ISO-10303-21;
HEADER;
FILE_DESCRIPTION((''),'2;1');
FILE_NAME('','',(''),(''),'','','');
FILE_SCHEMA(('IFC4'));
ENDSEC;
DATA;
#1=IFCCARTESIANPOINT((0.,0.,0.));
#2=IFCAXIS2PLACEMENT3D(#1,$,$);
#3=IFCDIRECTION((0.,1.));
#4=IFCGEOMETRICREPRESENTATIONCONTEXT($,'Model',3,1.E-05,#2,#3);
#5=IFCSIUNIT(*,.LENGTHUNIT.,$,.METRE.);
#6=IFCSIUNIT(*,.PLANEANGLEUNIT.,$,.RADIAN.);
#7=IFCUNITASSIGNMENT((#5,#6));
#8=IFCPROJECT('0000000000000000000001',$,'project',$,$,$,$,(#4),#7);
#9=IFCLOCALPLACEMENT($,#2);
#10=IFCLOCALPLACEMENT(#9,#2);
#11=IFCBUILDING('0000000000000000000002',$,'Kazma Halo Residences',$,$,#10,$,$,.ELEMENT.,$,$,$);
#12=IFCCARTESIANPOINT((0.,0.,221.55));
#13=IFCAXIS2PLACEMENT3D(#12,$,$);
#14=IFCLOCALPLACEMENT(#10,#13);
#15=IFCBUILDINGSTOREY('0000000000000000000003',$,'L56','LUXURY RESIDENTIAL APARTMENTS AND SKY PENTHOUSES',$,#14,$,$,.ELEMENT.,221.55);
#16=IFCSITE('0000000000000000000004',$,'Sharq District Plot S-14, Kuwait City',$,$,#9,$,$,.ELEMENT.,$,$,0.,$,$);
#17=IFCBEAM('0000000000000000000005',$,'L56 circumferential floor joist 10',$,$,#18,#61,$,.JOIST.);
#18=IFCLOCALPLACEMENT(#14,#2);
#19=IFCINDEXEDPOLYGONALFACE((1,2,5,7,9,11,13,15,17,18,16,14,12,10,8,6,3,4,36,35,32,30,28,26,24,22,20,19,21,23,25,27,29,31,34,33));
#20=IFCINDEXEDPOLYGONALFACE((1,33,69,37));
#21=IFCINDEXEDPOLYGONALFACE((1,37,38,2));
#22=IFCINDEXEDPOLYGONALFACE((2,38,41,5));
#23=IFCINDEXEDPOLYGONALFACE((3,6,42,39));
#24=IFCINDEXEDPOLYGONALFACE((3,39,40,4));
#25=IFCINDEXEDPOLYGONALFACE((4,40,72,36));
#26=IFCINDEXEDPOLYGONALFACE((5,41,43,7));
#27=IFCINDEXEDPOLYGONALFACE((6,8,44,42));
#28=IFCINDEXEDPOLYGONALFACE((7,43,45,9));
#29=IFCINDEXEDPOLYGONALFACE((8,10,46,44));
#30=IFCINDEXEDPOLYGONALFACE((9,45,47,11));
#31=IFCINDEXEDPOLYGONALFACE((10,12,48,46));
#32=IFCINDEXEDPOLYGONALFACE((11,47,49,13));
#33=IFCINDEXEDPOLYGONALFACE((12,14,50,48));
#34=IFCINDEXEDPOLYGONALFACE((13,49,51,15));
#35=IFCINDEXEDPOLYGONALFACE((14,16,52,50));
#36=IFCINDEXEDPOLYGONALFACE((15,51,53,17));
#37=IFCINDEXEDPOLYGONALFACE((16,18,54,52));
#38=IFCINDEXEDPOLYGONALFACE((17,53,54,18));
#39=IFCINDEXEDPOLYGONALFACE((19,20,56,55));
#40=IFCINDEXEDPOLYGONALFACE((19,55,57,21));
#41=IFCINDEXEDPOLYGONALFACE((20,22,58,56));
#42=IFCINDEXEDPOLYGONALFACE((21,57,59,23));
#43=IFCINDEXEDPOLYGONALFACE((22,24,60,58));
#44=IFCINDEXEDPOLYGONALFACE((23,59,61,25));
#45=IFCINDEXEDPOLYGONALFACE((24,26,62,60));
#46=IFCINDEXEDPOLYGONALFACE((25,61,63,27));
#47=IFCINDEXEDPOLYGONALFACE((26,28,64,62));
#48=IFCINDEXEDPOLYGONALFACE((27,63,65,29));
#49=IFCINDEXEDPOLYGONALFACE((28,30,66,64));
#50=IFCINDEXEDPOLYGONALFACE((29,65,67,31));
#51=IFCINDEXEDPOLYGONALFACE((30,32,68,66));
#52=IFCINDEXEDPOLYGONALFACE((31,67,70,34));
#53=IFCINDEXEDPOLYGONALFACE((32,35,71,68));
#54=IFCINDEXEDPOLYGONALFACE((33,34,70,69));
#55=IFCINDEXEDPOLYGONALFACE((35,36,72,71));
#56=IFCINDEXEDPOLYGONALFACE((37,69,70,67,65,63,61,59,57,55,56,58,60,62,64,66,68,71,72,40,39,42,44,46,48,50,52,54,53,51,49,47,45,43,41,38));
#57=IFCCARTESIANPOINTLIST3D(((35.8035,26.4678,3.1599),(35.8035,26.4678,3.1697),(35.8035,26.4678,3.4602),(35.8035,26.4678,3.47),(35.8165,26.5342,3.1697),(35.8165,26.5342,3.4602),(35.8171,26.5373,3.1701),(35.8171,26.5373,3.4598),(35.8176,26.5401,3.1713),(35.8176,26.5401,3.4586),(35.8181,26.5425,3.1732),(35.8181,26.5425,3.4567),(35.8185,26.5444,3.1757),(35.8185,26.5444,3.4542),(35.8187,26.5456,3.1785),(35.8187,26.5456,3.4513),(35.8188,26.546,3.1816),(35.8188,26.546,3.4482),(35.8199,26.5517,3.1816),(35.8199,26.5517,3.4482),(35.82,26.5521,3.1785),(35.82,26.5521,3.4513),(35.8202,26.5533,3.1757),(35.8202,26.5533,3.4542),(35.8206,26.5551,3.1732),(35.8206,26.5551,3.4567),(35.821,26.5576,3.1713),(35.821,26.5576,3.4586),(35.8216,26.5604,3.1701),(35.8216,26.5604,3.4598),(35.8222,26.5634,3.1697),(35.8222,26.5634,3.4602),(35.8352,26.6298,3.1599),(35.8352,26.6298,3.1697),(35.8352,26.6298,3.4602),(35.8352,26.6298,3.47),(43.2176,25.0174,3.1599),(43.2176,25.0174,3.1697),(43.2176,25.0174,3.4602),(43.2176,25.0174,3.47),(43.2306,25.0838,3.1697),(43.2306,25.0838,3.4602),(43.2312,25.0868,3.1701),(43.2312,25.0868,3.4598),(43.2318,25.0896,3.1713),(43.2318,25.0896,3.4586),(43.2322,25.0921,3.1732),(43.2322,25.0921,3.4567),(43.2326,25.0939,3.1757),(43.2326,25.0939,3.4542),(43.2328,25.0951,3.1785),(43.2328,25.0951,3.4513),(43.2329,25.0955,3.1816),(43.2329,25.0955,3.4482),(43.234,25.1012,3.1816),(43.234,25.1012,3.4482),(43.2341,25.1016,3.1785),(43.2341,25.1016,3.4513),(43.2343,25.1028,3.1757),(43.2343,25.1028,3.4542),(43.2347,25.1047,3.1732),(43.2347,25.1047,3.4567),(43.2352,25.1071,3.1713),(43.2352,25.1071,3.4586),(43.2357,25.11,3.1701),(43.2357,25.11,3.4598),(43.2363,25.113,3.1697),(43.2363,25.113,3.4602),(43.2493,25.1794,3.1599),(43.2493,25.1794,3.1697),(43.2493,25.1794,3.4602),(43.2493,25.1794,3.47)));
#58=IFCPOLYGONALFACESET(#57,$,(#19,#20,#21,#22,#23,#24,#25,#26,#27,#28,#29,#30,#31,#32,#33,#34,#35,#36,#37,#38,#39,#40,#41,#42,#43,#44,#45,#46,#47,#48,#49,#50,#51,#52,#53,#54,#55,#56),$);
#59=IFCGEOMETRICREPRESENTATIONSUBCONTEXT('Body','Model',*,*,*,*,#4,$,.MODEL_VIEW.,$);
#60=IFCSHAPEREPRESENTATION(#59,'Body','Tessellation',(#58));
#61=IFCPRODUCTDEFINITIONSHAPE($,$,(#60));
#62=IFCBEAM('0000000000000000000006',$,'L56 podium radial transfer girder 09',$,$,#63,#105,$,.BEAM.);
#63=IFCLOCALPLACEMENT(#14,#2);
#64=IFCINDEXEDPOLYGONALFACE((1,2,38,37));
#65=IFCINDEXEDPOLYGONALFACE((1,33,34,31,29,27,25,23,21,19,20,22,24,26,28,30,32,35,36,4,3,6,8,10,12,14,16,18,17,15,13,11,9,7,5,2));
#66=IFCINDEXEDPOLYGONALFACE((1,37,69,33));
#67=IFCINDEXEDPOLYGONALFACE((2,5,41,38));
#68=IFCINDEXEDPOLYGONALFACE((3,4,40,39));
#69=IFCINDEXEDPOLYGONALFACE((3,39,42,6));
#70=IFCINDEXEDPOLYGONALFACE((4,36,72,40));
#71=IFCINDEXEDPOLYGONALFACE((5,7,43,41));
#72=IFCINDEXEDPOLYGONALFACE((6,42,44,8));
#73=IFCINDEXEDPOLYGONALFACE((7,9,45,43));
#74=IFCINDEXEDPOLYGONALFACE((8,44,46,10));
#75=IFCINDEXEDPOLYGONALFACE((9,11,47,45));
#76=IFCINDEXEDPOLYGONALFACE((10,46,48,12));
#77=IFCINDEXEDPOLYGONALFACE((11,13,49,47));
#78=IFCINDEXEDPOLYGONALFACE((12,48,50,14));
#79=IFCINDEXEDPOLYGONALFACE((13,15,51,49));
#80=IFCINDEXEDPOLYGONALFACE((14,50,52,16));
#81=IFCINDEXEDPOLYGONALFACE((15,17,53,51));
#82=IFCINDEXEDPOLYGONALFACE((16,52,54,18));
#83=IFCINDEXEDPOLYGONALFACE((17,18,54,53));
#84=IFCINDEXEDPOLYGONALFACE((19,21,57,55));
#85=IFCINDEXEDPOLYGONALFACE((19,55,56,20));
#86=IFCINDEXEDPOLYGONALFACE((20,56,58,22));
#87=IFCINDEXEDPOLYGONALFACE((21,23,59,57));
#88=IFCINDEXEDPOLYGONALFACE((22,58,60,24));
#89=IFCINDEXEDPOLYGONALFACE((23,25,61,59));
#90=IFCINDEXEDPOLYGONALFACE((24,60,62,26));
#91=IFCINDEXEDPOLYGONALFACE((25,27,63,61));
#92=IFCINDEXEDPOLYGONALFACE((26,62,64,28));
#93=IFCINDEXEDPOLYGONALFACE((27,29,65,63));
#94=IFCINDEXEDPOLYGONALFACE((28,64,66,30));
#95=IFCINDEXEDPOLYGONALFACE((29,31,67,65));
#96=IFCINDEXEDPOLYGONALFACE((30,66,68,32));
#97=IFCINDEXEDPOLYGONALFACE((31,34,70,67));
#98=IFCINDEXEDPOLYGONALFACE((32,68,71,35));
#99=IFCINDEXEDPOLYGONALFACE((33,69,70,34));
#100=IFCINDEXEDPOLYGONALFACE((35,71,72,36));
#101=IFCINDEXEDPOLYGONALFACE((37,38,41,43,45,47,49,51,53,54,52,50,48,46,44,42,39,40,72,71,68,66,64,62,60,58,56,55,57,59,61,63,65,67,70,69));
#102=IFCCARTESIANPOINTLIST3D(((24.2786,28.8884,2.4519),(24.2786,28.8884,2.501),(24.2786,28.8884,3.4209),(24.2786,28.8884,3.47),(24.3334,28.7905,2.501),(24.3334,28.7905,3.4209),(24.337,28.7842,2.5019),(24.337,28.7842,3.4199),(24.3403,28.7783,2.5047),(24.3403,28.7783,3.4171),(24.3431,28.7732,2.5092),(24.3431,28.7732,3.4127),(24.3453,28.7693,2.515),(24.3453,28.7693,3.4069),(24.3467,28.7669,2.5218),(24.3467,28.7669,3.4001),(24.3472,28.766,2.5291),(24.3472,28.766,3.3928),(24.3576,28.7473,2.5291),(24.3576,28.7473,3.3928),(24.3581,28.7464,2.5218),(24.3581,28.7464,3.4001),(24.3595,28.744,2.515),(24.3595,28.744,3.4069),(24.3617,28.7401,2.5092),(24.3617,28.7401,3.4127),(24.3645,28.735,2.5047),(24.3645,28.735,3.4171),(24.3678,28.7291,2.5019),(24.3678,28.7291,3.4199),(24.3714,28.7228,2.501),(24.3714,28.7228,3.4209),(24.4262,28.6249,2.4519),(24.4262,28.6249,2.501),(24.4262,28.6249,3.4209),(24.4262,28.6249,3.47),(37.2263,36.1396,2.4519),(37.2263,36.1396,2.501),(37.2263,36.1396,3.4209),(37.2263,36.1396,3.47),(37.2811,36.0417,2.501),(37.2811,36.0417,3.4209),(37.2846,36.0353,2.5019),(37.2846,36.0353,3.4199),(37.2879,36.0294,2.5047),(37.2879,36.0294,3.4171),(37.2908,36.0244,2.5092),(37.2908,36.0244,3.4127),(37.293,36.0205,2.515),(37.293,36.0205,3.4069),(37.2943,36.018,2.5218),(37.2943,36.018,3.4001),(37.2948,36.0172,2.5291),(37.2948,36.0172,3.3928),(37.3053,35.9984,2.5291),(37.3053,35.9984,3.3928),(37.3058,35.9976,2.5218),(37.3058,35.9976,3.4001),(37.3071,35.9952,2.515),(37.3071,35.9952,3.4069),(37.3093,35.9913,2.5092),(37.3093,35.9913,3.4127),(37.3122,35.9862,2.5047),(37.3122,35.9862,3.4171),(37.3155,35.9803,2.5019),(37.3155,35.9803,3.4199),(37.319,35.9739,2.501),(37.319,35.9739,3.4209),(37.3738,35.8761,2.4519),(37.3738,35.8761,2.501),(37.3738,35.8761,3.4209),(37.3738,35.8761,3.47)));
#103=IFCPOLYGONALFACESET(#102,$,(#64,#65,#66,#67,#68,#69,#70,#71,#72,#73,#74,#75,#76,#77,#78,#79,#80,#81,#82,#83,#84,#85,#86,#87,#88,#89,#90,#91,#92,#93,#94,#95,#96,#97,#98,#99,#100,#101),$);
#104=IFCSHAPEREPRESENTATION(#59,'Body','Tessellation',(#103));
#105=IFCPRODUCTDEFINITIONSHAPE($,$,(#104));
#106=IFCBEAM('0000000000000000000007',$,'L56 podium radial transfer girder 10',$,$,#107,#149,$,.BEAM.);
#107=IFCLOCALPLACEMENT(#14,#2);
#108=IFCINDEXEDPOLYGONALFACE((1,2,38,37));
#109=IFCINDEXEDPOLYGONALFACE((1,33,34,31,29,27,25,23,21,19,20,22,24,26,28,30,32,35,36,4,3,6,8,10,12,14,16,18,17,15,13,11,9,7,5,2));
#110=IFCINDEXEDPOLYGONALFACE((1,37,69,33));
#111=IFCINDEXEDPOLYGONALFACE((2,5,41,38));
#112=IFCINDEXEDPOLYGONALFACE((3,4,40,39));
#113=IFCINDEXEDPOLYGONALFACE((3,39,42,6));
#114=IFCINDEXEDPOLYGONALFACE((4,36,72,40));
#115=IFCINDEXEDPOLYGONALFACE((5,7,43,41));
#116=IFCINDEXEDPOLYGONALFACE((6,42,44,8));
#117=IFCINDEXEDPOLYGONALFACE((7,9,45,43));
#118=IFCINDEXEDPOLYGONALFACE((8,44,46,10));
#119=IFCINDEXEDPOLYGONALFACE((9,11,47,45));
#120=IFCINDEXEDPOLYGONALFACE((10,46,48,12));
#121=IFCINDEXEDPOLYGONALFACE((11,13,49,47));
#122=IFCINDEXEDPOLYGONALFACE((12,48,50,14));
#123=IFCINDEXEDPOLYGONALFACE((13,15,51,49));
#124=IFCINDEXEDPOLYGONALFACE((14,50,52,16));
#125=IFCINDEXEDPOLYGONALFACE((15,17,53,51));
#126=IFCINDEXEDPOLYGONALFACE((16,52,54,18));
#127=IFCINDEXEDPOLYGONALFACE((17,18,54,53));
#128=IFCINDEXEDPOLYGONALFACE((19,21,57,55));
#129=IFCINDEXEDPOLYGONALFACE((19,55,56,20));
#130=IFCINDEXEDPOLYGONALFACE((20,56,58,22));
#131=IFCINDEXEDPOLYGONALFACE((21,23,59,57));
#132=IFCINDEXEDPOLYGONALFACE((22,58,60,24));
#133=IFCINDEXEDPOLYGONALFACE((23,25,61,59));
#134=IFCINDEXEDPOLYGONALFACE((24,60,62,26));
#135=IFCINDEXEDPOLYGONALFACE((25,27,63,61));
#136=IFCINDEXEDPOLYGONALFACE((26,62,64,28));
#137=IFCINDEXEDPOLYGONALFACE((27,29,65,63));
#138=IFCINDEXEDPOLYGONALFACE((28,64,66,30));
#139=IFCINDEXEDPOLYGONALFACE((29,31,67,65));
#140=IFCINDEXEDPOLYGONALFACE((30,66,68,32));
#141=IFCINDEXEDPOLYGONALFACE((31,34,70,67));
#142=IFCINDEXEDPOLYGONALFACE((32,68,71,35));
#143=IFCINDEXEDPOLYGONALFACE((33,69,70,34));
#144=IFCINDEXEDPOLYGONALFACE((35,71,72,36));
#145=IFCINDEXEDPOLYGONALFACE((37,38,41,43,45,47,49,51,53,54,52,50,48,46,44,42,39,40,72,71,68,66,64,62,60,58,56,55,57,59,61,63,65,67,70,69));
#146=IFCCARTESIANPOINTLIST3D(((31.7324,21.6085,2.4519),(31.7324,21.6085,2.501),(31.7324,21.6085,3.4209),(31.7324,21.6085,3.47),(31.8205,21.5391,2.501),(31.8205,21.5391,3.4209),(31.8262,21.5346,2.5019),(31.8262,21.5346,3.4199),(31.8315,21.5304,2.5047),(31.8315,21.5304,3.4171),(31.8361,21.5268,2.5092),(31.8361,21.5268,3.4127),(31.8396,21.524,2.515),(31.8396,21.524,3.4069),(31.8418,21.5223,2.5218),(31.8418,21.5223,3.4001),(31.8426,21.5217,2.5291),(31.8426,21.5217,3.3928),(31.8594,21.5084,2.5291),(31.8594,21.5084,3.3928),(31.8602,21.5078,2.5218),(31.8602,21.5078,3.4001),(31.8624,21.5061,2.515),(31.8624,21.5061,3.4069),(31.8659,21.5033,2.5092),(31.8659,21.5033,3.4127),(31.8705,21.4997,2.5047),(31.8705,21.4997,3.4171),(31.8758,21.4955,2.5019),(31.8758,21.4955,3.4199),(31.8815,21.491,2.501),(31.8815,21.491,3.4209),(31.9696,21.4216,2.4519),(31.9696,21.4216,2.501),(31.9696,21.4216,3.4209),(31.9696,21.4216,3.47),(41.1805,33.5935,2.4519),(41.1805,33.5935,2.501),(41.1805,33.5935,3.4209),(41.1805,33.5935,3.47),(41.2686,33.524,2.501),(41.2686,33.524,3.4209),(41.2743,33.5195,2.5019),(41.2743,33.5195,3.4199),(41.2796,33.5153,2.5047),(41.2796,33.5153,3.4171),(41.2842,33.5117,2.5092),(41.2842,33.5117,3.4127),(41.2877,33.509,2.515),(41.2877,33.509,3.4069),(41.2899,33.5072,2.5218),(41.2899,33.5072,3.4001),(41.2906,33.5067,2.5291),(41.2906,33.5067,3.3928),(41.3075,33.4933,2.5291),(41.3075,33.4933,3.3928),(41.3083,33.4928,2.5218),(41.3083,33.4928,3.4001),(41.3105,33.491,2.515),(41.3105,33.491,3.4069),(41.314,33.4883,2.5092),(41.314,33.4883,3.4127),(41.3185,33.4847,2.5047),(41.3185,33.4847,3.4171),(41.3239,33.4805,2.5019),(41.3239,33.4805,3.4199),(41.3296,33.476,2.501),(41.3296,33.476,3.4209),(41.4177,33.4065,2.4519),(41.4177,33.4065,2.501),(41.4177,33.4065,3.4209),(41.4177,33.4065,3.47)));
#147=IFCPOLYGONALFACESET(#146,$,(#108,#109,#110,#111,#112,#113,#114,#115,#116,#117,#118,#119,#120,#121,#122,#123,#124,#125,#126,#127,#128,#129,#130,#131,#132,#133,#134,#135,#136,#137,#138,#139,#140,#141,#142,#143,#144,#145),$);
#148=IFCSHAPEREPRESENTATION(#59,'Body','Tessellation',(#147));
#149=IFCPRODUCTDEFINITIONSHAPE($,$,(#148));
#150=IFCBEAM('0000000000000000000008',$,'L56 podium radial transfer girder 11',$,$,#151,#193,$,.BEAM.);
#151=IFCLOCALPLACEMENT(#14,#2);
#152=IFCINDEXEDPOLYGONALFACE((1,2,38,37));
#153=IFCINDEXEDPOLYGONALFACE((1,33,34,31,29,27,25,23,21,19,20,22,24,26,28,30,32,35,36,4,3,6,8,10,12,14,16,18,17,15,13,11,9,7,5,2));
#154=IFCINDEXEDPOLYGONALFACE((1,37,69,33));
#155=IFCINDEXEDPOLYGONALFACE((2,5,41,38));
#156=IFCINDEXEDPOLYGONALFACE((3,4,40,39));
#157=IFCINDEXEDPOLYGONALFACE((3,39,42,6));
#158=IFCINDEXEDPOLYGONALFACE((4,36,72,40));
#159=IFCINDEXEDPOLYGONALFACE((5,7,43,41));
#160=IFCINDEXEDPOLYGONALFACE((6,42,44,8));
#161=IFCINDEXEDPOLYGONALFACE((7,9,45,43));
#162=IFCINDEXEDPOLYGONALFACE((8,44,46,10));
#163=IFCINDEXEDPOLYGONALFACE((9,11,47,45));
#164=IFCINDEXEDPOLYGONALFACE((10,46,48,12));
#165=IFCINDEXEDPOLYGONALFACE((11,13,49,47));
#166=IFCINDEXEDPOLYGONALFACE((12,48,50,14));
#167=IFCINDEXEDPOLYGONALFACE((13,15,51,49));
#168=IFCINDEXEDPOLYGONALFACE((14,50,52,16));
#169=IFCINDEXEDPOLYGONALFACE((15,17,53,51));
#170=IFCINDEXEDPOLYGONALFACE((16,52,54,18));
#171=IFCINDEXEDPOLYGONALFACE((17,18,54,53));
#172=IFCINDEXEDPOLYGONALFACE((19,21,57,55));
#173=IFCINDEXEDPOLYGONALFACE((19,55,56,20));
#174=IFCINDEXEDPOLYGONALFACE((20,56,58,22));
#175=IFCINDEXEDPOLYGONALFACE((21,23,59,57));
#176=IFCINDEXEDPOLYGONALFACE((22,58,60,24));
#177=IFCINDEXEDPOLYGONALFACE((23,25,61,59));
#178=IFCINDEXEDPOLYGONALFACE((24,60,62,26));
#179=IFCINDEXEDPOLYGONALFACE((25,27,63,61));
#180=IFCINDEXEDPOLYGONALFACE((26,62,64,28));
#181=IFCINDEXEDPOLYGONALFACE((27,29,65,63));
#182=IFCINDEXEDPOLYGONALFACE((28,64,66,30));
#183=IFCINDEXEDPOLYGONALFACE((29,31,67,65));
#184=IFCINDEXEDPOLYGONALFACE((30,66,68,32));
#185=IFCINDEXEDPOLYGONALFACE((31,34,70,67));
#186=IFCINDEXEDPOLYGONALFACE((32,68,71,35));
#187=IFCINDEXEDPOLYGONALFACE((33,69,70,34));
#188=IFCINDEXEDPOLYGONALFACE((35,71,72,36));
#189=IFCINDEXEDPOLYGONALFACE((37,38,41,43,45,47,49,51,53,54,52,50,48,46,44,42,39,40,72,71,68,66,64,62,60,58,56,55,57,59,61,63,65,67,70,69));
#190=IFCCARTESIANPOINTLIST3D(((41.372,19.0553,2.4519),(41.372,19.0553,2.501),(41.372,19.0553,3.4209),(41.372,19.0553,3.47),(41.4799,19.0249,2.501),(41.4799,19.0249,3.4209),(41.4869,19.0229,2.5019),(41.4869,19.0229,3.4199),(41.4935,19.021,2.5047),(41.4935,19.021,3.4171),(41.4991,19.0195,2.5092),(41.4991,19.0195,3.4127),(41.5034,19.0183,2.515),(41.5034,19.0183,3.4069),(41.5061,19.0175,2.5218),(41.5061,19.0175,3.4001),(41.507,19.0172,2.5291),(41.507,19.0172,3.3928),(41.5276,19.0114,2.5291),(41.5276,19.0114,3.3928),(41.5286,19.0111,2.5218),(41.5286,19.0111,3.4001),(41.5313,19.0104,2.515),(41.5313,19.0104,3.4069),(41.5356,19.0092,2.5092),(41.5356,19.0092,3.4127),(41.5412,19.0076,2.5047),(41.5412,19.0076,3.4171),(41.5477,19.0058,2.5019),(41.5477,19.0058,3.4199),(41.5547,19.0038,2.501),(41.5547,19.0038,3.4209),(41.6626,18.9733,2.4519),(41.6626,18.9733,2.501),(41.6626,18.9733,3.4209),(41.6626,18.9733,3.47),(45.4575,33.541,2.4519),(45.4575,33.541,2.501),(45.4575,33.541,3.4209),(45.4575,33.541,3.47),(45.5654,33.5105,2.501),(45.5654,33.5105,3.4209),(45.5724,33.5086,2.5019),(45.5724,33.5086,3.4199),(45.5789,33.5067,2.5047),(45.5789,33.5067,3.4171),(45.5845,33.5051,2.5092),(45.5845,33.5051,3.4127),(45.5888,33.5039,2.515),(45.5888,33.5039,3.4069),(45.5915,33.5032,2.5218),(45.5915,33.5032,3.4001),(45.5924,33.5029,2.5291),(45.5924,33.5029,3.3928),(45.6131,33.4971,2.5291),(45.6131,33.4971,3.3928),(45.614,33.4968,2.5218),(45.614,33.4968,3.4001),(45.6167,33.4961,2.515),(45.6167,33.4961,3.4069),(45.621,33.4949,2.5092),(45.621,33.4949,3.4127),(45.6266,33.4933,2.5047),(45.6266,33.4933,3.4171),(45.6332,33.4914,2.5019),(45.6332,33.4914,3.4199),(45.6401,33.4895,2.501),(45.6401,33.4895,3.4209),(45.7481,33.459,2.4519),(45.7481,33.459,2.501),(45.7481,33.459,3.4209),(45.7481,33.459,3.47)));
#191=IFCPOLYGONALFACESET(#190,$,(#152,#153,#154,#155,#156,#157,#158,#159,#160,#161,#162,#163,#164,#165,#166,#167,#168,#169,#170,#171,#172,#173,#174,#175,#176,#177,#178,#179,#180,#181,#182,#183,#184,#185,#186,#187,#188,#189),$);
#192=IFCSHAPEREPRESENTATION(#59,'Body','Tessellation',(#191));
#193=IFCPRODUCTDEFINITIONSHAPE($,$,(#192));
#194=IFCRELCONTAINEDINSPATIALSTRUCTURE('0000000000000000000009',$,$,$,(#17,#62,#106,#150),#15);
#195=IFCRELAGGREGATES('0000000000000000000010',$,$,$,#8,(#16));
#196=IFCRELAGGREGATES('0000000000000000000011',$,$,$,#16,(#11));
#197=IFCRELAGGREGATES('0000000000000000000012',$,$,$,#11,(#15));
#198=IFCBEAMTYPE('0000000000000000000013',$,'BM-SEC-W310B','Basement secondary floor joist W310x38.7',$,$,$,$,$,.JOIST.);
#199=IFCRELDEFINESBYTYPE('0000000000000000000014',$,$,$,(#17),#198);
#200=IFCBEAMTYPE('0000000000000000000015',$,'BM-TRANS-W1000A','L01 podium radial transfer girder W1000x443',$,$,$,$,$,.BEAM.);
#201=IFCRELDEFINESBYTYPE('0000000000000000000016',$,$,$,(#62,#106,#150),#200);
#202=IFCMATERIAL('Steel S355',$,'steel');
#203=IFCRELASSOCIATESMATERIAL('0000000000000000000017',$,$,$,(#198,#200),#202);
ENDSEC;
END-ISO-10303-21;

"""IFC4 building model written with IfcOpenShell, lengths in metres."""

from ifc_helpers import new_model, si_unit, direction, frame, origin, origin_2d, place, context, subcontext, project, spatial, i_section, extrude, material, material_profile, profile_set, type_object, element, save


model = new_model("IFC4")

# Units and contexts
model_context = context("Model", 3, precision=1e-05, world=origin(), true_north=direction((0.0, 1.0)))
body_context = subcontext(model_context, "Body", "Model", "MODEL_VIEW")
ifc_project = project(units=[si_unit("LENGTHUNIT", "METRE"), si_unit("PLANEANGLEUNIT", "RADIAN")], contexts=[model_context])

# Site, building, storey
site_placement = place(None, origin())
site = spatial("IfcSite", under=ifc_project, at=site_placement, Name="Sharq District Plot S-14, Kuwait City", CompositionType="ELEMENT", RefElevation=0.0)
building_placement = place(site_placement, origin())
building = spatial("IfcBuilding", under=site, at=building_placement, Name="Kazma Halo Residences", CompositionType="ELEMENT")
storey_placement = place(building_placement, frame((0.0, 0.0, 221.55)))
storey = spatial("IfcBuildingStorey", under=building, at=storey_placement, Name="L56", Description="LUXURY RESIDENTIAL APARTMENTS AND SKY PENTHOUSES", CompositionType="ELEMENT", Elevation=221.55)

# Beams
ifc_material_1 = material(Name="Steel S355", Category="steel")
ifc_material_profile_1 = material_profile(ifc_material_1, i_section(OverallWidth=0.165, OverallDepth=0.3101, WebThickness=0.0059, FlangeThickness=0.0098, FilletRadius=0.012, at=origin_2d()), Name="W310x38.7")
ifc_profile_set_1 = profile_set([ifc_material_profile_1], Name="Steel S355")
beam_type_1 = type_object("IfcBeamType", Name="BM-SEC-W310B", Description="Basement secondary floor joist W310x38.7", PredefinedType="JOIST", material=ifc_profile_set_1)
beam_1_placement = place(storey_placement, frame((35.8193, 26.5488, 3.3149), z_axis=(0.981396, -0.191994, 0.0), x_axis=(0.191994, 0.981396, 0.0)))
element("IfcBeam", 1, at=beam_1_placement, inside=storey, type_object=beam_type_1, Name="L56 circumferential floor joist 10", PredefinedType="JOIST", context=body_context, shape_type="SweptSolid", body=[
    extrude(i_section(OverallWidth=0.165, OverallDepth=0.3101, WebThickness=0.0059, FlangeThickness=0.0098, FilletRadius=0.012, at=origin_2d()), origin(), (0.0, 0.0, 1.0), 7.5547),
])
ifc_material_profile_2 = material_profile(ifc_material_1, i_section(OverallWidth=0.302, OverallDepth=1.0181, WebThickness=0.0215, FlangeThickness=0.0491, FilletRadius=0.0281, at=origin_2d()), Name="W1000x443")
ifc_profile_set_2 = profile_set([ifc_material_profile_2], Name="Steel S355")
beam_type_2 = type_object("IfcBeamType", Name="BM-TRANS-W1000A", Description="L01 podium radial transfer girder W1000x443", PredefinedType="BEAM", material=ifc_profile_set_2)
beam_2_placement = place(storey_placement, frame((37.3, 36.0078, 2.9609), z_axis=(-0.872492, -0.488628, 0.0), x_axis=(0.488628, -0.872492, 0.0)))
element("IfcBeam", 2, at=beam_2_placement, inside=storey, type_object=beam_type_2, Name="L56 podium radial transfer girder 09", PredefinedType="BEAM", context=body_context, shape_type="SweptSolid", body=[
    extrude(i_section(OverallWidth=0.302, OverallDepth=1.0181, WebThickness=0.0215, FlangeThickness=0.0491, FilletRadius=0.0281, at=origin_2d()), origin(), (0.0, 0.0, 1.0), 14.8398),
])
beam_3_placement = place(storey_placement, frame((41.2991, 33.5, 2.9609), z_axis=(-0.61909, -0.78532, 0.0), x_axis=(0.78532, -0.61909, 0.0)))
element("IfcBeam", 3, at=beam_3_placement, inside=storey, type_object=beam_type_2, Name="L56 podium radial transfer girder 10", PredefinedType="BEAM", context=body_context, shape_type="SweptSolid", body=[
    extrude(i_section(OverallWidth=0.302, OverallDepth=1.0181, WebThickness=0.0215, FlangeThickness=0.0491, FilletRadius=0.0281, at=origin_2d()), origin(), (0.0, 0.0, 1.0), 15.2612),
])
beam_4_placement = place(storey_placement, frame((45.6028, 33.5, 2.9609), z_axis=(-0.271446, -0.962454, 0.0), x_axis=(0.962454, -0.271446, 0.0)))
element("IfcBeam", 4, at=beam_4_placement, inside=storey, type_object=beam_type_2, Name="L56 podium radial transfer girder 11", PredefinedType="BEAM", context=body_context, shape_type="SweptSolid", body=[
    extrude(i_section(OverallWidth=0.302, OverallDepth=1.0181, WebThickness=0.0215, FlangeThickness=0.0491, FilletRadius=0.0281, at=origin_2d()), origin(), (0.0, 0.0, 1.0), 15.0508),
])

save(model, "model.ifc")
